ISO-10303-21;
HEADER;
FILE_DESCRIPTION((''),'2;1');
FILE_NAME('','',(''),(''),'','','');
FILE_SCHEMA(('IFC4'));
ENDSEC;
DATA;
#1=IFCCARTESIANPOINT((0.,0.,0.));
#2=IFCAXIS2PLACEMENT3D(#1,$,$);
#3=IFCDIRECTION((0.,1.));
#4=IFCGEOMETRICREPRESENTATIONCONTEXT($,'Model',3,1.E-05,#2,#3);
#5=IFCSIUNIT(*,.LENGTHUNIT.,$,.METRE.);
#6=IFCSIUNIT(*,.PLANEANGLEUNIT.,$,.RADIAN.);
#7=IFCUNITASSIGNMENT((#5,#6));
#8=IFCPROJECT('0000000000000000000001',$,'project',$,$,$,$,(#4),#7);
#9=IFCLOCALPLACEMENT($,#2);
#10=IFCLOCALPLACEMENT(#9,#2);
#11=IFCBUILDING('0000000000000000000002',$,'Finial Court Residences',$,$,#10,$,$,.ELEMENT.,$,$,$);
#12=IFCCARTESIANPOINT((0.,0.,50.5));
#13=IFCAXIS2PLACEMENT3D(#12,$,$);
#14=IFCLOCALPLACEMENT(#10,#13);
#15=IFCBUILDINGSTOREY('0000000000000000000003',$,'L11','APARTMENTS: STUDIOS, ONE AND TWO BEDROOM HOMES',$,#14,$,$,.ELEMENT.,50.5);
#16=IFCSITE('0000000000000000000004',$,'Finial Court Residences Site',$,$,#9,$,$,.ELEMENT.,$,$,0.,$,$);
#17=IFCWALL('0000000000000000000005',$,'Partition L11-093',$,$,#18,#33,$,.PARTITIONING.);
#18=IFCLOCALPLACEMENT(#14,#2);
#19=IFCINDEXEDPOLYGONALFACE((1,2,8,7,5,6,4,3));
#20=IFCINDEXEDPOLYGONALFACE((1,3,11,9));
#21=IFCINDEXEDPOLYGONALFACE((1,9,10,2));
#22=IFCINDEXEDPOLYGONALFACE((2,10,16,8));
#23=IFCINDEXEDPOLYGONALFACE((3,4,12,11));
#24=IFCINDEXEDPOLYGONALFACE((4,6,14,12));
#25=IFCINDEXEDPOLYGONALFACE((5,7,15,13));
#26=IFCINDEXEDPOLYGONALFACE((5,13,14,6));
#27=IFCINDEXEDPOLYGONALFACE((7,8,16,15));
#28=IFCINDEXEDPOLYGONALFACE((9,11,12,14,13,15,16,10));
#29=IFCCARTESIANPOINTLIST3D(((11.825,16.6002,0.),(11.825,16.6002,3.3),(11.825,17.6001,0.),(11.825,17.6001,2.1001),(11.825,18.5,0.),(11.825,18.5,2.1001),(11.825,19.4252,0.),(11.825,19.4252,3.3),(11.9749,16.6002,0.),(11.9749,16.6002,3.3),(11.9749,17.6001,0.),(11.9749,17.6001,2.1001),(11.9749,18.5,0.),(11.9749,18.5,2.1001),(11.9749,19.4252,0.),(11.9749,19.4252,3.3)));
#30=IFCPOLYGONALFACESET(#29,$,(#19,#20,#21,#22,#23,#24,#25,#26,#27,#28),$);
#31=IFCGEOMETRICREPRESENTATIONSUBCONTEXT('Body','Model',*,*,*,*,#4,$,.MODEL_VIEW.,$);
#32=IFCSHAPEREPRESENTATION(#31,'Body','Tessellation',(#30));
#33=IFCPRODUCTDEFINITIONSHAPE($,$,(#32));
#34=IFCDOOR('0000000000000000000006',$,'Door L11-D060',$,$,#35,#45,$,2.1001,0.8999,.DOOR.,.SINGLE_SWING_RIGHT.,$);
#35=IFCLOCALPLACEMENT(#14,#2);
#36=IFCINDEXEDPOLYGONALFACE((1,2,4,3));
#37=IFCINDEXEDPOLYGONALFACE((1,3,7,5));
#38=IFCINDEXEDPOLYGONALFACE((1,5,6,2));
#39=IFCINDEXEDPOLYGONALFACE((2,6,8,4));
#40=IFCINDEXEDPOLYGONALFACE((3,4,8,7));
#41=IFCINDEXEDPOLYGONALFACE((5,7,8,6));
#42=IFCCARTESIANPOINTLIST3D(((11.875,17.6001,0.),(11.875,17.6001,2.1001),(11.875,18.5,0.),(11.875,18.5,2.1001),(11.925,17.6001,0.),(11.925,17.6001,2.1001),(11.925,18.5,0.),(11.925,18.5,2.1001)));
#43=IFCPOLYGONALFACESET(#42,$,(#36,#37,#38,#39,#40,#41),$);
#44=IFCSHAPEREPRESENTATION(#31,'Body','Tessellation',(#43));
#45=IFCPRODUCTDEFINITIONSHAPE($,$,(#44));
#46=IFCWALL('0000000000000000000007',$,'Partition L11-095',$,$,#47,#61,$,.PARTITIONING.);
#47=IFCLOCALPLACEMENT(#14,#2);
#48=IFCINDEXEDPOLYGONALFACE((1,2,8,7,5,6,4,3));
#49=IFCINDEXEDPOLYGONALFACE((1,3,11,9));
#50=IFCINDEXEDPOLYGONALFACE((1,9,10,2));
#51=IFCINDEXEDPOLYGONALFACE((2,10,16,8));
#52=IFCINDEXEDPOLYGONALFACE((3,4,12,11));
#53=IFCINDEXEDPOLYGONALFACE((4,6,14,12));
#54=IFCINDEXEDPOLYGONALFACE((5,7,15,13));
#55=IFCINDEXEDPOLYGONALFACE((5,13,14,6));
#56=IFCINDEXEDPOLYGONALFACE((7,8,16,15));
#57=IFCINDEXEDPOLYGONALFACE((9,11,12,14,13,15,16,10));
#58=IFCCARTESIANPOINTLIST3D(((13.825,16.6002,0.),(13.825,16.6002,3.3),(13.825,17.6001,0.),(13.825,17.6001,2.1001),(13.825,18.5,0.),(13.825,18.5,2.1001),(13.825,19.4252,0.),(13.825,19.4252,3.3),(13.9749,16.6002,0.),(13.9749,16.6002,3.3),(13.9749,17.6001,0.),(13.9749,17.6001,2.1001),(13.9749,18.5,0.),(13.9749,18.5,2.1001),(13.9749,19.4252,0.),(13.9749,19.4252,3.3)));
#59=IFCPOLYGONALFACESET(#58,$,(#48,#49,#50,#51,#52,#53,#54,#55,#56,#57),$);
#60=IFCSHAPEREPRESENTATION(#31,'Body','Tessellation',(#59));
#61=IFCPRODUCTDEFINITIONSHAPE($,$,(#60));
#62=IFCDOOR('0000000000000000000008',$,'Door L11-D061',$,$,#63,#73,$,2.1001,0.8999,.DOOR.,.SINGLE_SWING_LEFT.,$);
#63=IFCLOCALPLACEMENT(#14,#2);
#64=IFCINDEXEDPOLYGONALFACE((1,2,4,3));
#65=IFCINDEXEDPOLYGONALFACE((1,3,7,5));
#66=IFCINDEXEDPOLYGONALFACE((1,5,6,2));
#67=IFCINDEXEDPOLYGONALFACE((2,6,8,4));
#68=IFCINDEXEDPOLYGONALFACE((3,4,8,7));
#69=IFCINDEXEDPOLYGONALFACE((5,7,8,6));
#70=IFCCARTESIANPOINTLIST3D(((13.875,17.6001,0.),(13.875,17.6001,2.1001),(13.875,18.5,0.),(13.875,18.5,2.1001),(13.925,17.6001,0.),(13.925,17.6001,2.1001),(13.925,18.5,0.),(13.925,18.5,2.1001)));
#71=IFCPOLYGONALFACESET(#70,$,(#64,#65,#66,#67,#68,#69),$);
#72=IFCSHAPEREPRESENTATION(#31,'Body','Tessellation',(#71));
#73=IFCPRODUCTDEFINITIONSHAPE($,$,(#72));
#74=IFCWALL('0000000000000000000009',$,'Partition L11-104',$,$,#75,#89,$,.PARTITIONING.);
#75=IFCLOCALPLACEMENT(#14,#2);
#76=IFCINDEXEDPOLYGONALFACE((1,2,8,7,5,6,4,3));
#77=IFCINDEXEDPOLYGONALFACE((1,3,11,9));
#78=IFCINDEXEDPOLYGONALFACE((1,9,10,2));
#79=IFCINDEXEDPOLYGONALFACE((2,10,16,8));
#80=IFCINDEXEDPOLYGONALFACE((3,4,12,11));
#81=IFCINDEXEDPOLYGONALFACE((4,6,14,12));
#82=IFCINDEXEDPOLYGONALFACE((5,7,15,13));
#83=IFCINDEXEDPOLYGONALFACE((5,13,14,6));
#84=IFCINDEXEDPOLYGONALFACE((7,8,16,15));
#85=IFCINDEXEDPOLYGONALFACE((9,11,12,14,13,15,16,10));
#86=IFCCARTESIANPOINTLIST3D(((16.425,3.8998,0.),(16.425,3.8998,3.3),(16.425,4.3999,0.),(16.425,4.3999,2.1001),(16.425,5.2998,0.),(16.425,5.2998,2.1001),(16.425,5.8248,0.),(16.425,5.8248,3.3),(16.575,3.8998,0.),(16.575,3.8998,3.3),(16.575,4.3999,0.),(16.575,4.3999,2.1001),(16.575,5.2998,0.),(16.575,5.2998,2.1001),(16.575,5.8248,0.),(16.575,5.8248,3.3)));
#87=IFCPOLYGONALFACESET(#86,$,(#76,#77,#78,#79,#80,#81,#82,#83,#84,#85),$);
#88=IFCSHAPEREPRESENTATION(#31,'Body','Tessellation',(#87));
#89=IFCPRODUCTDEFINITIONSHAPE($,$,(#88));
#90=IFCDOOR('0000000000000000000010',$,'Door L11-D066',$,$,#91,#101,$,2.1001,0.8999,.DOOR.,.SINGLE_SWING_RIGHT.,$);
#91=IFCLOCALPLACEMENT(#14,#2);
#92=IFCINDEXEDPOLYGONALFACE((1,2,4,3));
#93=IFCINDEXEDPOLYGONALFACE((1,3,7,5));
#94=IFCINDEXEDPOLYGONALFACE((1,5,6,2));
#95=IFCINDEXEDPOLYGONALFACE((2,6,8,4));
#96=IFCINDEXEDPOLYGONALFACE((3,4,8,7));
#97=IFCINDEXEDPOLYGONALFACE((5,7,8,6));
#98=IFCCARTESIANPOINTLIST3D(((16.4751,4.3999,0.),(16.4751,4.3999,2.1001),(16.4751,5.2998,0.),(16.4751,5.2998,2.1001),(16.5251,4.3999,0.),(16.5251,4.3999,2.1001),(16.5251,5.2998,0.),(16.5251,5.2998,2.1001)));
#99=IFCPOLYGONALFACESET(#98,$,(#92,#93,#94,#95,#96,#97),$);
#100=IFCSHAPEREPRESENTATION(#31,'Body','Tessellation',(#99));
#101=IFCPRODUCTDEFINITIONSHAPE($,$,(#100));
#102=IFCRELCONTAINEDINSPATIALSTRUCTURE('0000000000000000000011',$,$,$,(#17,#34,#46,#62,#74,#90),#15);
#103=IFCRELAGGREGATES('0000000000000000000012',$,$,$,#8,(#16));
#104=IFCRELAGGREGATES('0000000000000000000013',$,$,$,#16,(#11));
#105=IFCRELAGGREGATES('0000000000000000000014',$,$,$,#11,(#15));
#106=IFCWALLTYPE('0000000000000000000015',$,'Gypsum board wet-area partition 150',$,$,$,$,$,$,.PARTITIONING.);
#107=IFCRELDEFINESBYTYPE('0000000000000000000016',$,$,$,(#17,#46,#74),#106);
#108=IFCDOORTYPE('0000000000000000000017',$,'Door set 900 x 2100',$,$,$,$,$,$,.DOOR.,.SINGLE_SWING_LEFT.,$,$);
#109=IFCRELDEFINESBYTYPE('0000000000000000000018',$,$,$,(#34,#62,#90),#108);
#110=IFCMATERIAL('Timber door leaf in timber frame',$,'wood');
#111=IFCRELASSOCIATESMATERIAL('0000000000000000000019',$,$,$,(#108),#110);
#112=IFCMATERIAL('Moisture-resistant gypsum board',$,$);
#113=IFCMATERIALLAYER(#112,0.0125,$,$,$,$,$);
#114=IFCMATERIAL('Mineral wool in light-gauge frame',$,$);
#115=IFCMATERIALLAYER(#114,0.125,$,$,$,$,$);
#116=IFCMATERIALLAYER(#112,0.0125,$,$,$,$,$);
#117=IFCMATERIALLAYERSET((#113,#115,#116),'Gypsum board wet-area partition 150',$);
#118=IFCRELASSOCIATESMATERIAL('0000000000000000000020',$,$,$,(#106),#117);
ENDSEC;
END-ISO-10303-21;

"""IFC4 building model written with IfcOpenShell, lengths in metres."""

from ifc_helpers import new_model, si_unit, direction, frame, frame_2d, origin, place, context, subcontext, project, spatial, rectangle, extrude, material, layer, layer_set, type_object, element, fill, save


model = new_model("IFC4")

# Units and contexts
model_context = context("Model", 3, precision=1e-05, world=origin(), true_north=direction((0.0, 1.0)))
body_context = subcontext(model_context, "Body", "Model", "MODEL_VIEW")
ifc_project = project(units=[si_unit("LENGTHUNIT", "METRE"), si_unit("PLANEANGLEUNIT", "RADIAN")], contexts=[model_context])

# Site, building, storey
site_placement = place(None, origin())
site = spatial("IfcSite", under=ifc_project, at=site_placement, Name="Finial Court Residences Site", CompositionType="ELEMENT", RefElevation=0.0)
building_placement = place(site_placement, origin())
building = spatial("IfcBuilding", under=site, at=building_placement, Name="Finial Court Residences", CompositionType="ELEMENT")
storey_placement = place(building_placement, frame((0.0, 0.0, 50.5)))
storey = spatial("IfcBuildingStorey", under=building, at=storey_placement, Name="L11", Description="APARTMENTS: STUDIOS, ONE AND TWO BEDROOM HOMES", CompositionType="ELEMENT", Elevation=50.5)

# Shared definitions
ifc_material_1 = material(Name="Mineral wool in light-gauge frame")
ifc_material_2 = material(Name="Timber door leaf in timber frame", Category="wood")
door_type = type_object("IfcDoorType", Name="Door set 900 x 2100", OperationType="SINGLE_SWING_LEFT", PredefinedType="DOOR", material=ifc_material_2)

# Shared definitions
ifc_material_3 = material(Name="Moisture-resistant gypsum board")
ifc_layer_1 = layer(ifc_material_3, 0.0125)
ifc_layer_2 = layer(ifc_material_1, 0.125)
ifc_layer_3 = layer(ifc_material_3, 0.0125)
ifc_layer_set_1 = layer_set([ifc_layer_1, ifc_layer_2, ifc_layer_3], Name="Gypsum board wet-area partition 150")
wall_type_1 = type_object("IfcWallType", Name="Gypsum board wet-area partition 150", PredefinedType="PARTITIONING", material=ifc_layer_set_1)

# Walls, openings, doors
wall_1_placement = place(storey_placement, frame((11.8999, 16.6001, 0.0), z_axis=(0.0, 0.0, 1.0), x_axis=(0.0, 1.0, 0.0)))
wall_1 = element("IfcWall", 1, at=wall_1_placement, inside=storey, type_object=wall_type_1, Name="Partition L11-093", PredefinedType="PARTITIONING", context=body_context, shape_type="SweptSolid", body=[
    extrude(rectangle(XDim=2.825, YDim=0.1499, at=frame_2d((1.4126, 0.0))), origin(), (0.0, 0.0, 1.0), 3.3),
])
opening_1_placement = place(wall_1_placement, frame((1.0, 0.0, 0.0)))
opening_1 = element("IfcOpeningElement", 2, at=opening_1_placement, cuts=wall_1, PredefinedType="OPENING", context=body_context, shape_type="SweptSolid", body=[
    extrude(rectangle(XDim=0.8999, YDim=2.1001, at=frame_2d((0.45, 1.05))), frame((0.0, 0.085, 0.0), z_axis=(0.0, -1.0, 0.0), x_axis=(1.0, 0.0, 0.0)), (0.0, 0.0, 1.0), 0.1699),
])
door_1_placement = place(opening_1_placement, origin())
door_1 = element("IfcDoor", 3, at=door_1_placement, inside=storey, type_object=door_type, Name="Door L11-D060", OperationType="SINGLE_SWING_RIGHT", OverallHeight=2.1001, OverallWidth=0.8999, PredefinedType="DOOR", context=body_context, shape_type="SweptSolid", body=[
    extrude(rectangle(XDim=0.8999, YDim=2.1001, at=frame_2d((0.45, 1.05))), frame((0.0, 0.0249, 0.0), z_axis=(0.0, -1.0, 0.0), x_axis=(1.0, 0.0, 0.0)), (0.0, 0.0, 1.0), 0.05),
])
fill(opening_1, door_1)
wall_2_placement = place(storey_placement, frame((13.8999, 16.6001, 0.0), z_axis=(0.0, 0.0, 1.0), x_axis=(0.0, 1.0, 0.0)))
wall_2 = element("IfcWall", 4, at=wall_2_placement, inside=storey, type_object=wall_type_1, Name="Partition L11-095", PredefinedType="PARTITIONING", context=body_context, shape_type="SweptSolid", body=[
    extrude(rectangle(XDim=2.825, YDim=0.1499, at=frame_2d((1.4126, 0.0))), origin(), (0.0, 0.0, 1.0), 3.3),
])
opening_2_placement = place(wall_2_placement, frame((1.0, 0.0, 0.0)))
opening_2 = element("IfcOpeningElement", 5, at=opening_2_placement, cuts=wall_2, PredefinedType="OPENING", context=body_context, shape_type="SweptSolid", body=[
    extrude(rectangle(XDim=0.8999, YDim=2.1001, at=frame_2d((0.45, 1.05))), frame((0.0, 0.085, 0.0), z_axis=(0.0, -1.0, 0.0), x_axis=(1.0, 0.0, 0.0)), (0.0, 0.0, 1.0), 0.1699),
])
door_2_placement = place(opening_2_placement, origin())
door_2 = element("IfcDoor", 6, at=door_2_placement, inside=storey, type_object=door_type, Name="Door L11-D061", OperationType="SINGLE_SWING_LEFT", OverallHeight=2.1001, OverallWidth=0.8999, PredefinedType="DOOR", context=body_context, shape_type="SweptSolid", body=[
    extrude(rectangle(XDim=0.8999, YDim=2.1001, at=frame_2d((0.45, 1.05))), frame((0.0, 0.0249, 0.0), z_axis=(0.0, -1.0, 0.0), x_axis=(1.0, 0.0, 0.0)), (0.0, 0.0, 1.0), 0.05),
])
fill(opening_2, door_2)
wall_3_placement = place(storey_placement, frame((16.5, 3.8999, 0.0), z_axis=(0.0, 0.0, 1.0), x_axis=(0.0, 1.0, 0.0)))
wall_3 = element("IfcWall", 7, at=wall_3_placement, inside=storey, type_object=wall_type_1, Name="Partition L11-104", PredefinedType="PARTITIONING", context=body_context, shape_type="SweptSolid", body=[
    extrude(rectangle(XDim=1.925, YDim=0.1499, at=frame_2d((0.9624, 0.0))), origin(), (0.0, 0.0, 1.0), 3.3),
])
opening_3_placement = place(wall_3_placement, frame((0.5, 0.0, 0.0)))
opening_3 = element("IfcOpeningElement", 8, at=opening_3_placement, cuts=wall_3, PredefinedType="OPENING", context=body_context, shape_type="SweptSolid", body=[
    extrude(rectangle(XDim=0.8999, YDim=2.1001, at=frame_2d((0.45, 1.05))), frame((0.0, 0.085, 0.0), z_axis=(0.0, -1.0, 0.0), x_axis=(1.0, 0.0, 0.0)), (0.0, 0.0, 1.0), 0.1699),
])
door_3_placement = place(opening_3_placement, origin())
door_3 = element("IfcDoor", 9, at=door_3_placement, inside=storey, type_object=door_type, Name="Door L11-D066", OperationType="SINGLE_SWING_RIGHT", OverallHeight=2.1001, OverallWidth=0.8999, PredefinedType="DOOR", context=body_context, shape_type="SweptSolid", body=[
    extrude(rectangle(XDim=0.8999, YDim=2.1001, at=frame_2d((0.45, 1.05))), frame((0.0, 0.0249, 0.0), z_axis=(0.0, -1.0, 0.0), x_axis=(1.0, 0.0, 0.0)), (0.0, 0.0, 1.0), 0.05),
])
fill(opening_3, door_3)

save(model, "model.ifc")
